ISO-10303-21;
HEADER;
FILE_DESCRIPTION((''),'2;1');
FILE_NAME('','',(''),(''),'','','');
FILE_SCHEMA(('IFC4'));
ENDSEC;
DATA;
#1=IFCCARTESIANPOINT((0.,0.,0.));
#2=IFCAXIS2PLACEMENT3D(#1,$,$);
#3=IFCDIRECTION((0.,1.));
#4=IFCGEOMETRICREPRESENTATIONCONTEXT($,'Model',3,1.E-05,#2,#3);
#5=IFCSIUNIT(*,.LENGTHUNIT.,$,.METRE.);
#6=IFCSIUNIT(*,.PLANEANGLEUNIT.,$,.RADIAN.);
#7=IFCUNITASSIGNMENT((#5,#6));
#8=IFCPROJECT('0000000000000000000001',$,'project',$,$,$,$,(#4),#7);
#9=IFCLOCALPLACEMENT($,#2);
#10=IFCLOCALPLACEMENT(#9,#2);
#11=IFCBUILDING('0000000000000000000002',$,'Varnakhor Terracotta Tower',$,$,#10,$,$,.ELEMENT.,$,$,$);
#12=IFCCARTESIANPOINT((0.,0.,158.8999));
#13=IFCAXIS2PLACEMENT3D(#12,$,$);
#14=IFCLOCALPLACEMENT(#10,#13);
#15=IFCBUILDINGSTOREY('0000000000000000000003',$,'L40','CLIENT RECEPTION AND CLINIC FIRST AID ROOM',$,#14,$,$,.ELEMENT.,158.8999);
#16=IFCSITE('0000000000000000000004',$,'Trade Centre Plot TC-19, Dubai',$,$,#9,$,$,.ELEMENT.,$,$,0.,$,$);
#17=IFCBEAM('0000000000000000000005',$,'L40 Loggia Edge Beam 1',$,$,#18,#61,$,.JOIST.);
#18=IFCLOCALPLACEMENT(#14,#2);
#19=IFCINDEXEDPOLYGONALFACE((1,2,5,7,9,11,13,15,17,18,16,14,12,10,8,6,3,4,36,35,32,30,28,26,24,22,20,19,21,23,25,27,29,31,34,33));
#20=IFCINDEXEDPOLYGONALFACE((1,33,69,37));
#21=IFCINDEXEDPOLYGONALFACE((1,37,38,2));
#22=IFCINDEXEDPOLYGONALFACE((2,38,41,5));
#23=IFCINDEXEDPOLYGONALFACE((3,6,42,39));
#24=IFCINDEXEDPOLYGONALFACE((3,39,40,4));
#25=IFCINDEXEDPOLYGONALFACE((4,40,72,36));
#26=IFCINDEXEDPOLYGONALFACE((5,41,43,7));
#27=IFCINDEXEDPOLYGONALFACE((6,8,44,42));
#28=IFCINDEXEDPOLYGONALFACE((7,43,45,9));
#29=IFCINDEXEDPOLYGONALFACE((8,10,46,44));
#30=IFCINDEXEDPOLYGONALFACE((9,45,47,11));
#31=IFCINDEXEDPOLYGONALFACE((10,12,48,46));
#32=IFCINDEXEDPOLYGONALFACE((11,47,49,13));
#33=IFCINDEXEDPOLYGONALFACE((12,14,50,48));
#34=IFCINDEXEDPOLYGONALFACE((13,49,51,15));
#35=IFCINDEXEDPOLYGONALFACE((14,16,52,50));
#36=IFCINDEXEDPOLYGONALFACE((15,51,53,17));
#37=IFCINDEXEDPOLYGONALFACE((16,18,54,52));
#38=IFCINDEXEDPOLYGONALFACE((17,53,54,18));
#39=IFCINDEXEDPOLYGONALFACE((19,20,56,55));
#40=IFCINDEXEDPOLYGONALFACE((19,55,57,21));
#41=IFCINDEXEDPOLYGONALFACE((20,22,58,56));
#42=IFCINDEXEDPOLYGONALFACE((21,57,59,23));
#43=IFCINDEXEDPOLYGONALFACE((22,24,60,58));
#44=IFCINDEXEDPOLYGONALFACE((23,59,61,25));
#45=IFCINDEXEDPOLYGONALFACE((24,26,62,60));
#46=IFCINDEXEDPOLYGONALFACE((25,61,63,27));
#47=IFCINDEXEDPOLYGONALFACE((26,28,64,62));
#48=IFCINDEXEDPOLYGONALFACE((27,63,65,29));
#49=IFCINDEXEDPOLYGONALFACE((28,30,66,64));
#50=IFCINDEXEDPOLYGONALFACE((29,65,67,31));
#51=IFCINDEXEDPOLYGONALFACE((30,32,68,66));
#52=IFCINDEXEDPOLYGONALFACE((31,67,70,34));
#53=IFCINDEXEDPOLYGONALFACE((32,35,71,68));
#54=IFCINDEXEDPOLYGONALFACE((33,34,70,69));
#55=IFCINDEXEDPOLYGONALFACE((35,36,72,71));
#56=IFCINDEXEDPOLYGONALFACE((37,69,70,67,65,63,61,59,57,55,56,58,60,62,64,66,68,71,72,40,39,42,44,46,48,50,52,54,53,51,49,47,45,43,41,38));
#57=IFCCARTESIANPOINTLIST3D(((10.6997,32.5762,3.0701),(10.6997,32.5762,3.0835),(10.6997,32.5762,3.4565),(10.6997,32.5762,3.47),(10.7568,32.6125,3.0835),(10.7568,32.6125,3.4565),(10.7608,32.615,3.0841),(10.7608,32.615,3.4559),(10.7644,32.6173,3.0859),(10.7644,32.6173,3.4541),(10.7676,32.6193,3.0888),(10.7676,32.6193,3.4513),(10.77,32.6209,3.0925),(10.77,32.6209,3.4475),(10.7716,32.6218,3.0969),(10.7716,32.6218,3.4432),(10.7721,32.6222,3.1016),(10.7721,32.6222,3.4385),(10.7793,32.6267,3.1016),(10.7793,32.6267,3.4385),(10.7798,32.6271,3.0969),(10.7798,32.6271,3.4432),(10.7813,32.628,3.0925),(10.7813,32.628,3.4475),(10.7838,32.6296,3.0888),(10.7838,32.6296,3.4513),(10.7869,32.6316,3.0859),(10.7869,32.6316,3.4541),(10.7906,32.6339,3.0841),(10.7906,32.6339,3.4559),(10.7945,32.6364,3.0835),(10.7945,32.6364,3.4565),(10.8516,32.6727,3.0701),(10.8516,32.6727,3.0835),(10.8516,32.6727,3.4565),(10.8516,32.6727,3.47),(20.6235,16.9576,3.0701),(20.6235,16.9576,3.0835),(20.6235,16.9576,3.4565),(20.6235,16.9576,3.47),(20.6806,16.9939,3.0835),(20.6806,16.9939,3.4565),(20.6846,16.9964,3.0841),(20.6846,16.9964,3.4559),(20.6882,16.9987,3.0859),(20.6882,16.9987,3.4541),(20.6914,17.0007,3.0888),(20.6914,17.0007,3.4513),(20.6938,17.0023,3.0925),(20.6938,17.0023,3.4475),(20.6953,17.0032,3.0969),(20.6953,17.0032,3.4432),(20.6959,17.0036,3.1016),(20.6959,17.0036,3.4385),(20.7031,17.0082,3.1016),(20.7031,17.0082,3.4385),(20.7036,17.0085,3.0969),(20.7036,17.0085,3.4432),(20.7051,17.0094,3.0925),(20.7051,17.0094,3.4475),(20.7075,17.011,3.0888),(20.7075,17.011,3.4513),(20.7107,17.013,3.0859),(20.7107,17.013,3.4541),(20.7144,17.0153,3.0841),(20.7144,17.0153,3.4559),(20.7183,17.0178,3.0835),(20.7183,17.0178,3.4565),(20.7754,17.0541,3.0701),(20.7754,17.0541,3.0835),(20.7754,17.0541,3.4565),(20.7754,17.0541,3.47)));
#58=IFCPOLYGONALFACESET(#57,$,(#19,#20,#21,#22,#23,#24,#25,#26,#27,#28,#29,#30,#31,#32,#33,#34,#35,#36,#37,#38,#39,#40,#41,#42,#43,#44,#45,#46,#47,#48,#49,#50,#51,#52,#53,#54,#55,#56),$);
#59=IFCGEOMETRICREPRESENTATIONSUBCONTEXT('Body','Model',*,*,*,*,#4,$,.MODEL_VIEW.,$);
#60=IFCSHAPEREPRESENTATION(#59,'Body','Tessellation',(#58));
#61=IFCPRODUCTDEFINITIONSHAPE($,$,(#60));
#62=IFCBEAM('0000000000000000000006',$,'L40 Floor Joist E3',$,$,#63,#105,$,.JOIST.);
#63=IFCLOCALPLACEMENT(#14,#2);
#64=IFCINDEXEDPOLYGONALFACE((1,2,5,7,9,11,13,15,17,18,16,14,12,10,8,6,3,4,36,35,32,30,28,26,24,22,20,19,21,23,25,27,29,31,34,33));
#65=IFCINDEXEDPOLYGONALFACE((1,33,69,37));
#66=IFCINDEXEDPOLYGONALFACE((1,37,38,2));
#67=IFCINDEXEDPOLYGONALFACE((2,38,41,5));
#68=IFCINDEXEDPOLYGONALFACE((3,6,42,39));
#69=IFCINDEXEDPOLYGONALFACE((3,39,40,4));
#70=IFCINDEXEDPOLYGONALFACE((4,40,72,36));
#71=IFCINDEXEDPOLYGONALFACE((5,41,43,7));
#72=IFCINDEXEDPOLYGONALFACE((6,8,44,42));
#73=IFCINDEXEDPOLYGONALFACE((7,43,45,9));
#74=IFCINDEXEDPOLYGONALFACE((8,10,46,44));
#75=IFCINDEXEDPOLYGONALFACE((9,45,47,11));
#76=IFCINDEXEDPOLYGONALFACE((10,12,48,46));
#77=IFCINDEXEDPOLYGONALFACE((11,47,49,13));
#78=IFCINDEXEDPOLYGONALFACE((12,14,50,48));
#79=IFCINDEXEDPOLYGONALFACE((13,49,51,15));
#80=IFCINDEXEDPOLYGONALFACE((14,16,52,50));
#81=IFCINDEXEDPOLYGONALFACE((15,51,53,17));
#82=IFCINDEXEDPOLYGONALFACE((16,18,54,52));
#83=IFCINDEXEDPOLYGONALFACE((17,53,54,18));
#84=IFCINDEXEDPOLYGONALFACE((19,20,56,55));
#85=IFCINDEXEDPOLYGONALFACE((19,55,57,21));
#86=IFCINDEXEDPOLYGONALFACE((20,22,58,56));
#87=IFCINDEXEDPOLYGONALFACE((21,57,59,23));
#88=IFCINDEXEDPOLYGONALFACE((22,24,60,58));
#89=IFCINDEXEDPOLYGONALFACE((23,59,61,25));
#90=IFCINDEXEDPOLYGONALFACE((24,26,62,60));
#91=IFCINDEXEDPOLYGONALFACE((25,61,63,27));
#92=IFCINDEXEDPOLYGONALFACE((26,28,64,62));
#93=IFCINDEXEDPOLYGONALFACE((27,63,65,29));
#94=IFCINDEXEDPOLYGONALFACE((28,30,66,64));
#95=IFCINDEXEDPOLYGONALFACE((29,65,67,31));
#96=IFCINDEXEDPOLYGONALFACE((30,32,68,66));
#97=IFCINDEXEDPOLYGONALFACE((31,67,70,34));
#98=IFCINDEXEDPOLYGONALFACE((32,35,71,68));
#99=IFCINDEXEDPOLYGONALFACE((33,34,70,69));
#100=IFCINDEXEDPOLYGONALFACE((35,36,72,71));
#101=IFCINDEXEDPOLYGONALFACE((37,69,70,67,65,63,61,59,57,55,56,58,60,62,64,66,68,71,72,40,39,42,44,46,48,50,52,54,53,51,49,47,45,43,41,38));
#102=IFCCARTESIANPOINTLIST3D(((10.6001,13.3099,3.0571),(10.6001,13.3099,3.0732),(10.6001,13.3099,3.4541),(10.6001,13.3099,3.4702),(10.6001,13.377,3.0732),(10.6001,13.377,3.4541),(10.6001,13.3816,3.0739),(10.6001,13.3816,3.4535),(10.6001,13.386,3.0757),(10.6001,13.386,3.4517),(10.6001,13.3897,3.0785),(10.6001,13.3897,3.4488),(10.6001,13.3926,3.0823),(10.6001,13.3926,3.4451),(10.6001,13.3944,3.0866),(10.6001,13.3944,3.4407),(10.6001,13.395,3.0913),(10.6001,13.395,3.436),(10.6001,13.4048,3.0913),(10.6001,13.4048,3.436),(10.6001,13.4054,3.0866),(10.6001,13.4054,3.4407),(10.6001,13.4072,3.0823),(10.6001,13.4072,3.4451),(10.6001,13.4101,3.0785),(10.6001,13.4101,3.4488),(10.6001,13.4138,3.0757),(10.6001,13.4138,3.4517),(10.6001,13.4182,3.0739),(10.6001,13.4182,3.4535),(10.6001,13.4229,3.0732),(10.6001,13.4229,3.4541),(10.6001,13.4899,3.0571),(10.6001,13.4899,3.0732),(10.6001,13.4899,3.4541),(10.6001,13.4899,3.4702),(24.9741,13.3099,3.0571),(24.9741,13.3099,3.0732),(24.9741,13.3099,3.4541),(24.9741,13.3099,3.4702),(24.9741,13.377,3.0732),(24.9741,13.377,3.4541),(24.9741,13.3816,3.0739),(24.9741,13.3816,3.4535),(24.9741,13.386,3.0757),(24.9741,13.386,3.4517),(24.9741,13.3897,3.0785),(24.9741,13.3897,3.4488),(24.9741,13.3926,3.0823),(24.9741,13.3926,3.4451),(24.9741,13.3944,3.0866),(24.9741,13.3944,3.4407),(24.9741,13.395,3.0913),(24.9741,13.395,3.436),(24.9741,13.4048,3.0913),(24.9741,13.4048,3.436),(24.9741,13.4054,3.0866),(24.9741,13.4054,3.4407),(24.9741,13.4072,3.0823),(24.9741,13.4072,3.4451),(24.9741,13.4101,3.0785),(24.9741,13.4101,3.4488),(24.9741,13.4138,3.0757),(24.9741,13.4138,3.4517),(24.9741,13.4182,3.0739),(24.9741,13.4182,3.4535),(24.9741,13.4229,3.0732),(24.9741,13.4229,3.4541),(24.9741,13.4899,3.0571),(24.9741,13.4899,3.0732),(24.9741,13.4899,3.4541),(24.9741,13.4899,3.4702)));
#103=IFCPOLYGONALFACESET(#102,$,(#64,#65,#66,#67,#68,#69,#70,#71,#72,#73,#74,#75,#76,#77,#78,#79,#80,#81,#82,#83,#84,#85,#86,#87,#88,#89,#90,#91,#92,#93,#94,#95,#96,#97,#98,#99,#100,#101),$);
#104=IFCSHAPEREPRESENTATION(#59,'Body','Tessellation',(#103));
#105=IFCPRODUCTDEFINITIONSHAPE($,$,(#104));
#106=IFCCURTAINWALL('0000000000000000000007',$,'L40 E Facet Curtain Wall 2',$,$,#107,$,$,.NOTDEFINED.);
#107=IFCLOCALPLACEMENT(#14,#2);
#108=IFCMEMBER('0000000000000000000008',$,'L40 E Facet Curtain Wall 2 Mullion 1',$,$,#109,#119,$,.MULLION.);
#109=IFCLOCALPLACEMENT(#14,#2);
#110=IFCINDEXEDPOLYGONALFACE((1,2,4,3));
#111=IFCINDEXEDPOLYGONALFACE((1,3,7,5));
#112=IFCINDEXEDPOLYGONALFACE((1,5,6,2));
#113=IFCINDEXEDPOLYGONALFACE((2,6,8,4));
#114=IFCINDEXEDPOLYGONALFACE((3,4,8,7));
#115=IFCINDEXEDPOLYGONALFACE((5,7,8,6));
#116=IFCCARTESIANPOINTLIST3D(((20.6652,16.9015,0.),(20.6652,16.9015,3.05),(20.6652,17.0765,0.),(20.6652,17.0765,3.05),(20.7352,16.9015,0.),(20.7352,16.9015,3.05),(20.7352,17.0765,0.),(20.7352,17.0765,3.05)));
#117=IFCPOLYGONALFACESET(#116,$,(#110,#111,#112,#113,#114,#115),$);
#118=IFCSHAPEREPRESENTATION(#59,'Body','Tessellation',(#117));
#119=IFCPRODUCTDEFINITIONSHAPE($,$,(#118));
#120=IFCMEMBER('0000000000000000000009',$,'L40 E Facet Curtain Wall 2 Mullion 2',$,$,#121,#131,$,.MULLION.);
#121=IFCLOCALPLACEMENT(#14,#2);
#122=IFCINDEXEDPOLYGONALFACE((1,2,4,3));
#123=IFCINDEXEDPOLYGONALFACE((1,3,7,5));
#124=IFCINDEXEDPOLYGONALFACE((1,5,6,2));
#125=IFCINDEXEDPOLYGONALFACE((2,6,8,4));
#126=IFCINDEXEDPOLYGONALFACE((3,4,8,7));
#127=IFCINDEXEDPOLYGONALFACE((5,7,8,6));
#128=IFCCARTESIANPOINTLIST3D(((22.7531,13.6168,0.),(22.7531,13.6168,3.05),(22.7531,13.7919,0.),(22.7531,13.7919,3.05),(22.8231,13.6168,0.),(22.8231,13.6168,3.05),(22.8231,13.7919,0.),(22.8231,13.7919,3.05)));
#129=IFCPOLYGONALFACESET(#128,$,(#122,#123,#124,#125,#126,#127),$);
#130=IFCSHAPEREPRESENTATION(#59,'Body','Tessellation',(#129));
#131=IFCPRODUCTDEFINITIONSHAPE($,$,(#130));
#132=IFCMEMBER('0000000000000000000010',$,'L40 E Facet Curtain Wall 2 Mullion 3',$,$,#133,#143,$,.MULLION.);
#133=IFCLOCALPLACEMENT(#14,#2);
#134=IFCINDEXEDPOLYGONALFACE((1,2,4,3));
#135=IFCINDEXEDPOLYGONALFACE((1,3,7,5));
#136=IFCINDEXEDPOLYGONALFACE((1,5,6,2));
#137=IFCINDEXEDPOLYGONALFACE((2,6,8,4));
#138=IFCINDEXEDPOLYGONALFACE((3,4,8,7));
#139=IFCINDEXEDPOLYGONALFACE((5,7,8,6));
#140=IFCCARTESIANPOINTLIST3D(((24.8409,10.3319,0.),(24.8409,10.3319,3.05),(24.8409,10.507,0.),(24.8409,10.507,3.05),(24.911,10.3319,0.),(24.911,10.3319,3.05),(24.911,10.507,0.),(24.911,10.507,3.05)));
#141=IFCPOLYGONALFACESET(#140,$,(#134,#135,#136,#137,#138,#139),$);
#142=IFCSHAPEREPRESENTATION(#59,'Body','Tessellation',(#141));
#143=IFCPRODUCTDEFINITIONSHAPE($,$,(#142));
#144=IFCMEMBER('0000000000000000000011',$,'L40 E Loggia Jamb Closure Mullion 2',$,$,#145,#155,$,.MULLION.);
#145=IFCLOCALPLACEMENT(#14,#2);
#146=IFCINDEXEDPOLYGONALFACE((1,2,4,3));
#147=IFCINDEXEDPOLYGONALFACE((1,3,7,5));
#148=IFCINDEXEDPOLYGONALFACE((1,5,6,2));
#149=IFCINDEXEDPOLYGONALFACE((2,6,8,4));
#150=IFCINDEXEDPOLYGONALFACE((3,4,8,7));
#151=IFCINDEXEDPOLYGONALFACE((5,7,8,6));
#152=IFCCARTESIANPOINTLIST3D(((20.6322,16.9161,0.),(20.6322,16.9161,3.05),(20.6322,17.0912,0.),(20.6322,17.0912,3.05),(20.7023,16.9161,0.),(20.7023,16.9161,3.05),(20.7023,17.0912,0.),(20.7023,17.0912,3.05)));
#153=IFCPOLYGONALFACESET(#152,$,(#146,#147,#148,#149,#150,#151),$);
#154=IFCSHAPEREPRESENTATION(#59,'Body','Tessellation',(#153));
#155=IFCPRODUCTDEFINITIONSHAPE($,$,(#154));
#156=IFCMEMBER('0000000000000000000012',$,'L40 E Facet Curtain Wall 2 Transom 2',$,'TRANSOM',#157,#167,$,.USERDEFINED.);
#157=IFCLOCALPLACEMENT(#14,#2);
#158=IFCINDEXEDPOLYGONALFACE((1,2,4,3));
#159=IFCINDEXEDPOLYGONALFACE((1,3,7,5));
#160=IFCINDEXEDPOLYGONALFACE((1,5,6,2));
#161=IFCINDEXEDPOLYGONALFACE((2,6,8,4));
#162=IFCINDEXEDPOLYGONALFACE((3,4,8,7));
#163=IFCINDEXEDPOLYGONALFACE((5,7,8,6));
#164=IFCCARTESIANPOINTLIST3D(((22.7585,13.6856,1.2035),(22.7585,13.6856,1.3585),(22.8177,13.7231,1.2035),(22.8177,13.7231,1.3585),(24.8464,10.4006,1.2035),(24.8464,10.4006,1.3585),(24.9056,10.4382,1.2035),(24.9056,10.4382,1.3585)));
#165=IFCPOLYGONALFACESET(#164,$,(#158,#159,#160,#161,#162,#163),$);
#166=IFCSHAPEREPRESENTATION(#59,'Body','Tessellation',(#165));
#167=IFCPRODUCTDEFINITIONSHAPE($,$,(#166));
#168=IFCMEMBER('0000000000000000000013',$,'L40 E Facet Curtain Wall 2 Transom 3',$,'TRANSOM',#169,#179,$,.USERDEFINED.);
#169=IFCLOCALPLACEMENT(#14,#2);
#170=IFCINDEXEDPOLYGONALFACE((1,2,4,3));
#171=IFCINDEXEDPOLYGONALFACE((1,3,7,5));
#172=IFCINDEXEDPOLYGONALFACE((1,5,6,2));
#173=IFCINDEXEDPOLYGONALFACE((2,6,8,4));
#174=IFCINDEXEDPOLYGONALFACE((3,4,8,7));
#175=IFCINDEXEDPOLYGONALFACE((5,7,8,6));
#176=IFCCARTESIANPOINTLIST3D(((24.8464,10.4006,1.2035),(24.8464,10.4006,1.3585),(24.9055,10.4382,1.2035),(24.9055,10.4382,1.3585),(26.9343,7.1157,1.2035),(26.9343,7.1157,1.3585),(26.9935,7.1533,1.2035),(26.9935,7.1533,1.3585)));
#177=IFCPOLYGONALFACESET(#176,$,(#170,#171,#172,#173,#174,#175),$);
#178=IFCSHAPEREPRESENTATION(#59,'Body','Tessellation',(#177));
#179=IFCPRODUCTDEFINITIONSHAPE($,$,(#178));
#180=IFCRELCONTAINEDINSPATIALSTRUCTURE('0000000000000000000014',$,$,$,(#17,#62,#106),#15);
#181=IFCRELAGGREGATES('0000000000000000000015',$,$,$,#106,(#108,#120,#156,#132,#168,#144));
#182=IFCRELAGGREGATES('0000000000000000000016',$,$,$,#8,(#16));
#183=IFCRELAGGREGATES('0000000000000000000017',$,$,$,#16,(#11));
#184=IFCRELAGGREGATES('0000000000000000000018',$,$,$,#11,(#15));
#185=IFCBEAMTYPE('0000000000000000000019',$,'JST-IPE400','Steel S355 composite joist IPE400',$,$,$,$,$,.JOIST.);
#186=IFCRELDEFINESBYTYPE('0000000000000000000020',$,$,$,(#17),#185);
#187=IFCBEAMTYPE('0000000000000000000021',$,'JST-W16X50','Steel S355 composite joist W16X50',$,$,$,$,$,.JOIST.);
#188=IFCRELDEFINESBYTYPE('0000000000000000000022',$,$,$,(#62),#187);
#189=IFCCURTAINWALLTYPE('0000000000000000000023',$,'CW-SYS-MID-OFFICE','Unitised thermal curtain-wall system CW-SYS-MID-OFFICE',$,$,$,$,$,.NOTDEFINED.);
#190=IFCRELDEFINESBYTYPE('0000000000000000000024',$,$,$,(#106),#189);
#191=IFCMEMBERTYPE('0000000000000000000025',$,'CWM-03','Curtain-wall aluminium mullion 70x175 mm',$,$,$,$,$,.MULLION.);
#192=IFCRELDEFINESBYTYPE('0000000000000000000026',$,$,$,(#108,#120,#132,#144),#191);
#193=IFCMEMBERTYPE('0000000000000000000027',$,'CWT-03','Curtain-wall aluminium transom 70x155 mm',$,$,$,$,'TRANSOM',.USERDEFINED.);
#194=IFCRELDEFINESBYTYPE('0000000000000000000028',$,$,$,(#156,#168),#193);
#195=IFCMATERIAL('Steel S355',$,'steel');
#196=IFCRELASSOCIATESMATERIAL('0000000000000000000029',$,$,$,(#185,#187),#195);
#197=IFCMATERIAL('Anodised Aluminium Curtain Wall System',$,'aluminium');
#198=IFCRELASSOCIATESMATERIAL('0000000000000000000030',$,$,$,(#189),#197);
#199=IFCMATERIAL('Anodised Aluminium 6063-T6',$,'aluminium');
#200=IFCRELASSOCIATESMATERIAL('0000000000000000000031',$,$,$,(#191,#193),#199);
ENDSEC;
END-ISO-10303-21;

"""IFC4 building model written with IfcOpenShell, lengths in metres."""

from ifc_helpers import new_model, si_unit, direction, frame, origin, origin_2d, place, context, subcontext, project, spatial, rectangle, i_section, extrude, source, transform, mapped, material, material_profile, profile_set, type_object, element, aggregate, save


model = new_model("IFC4")

# Units and contexts
model_context = context("Model", 3, precision=1e-05, world=origin(), true_north=direction((0.0, 1.0)))
body_context = subcontext(model_context, "Body", "Model", "MODEL_VIEW")
ifc_project = project(units=[si_unit("LENGTHUNIT", "METRE"), si_unit("PLANEANGLEUNIT", "RADIAN")], contexts=[model_context])

# Site, building, storey
site_placement = place(None, origin())
site = spatial("IfcSite", under=ifc_project, at=site_placement, Name="Trade Centre Plot TC-19, Dubai", CompositionType="ELEMENT", RefElevation=0.0)
building_placement = place(site_placement, origin())
building = spatial("IfcBuilding", under=site, at=building_placement, Name="Varnakhor Terracotta Tower", CompositionType="ELEMENT")
storey_placement = place(building_placement, frame((0.0, 0.0, 158.8999)))
storey = spatial("IfcBuildingStorey", under=building, at=storey_placement, Name="L40", Description="CLIENT RECEPTION AND CLINIC FIRST AID ROOM", CompositionType="ELEMENT", Elevation=158.8999)

# Beams
ifc_material_1 = material(Name="Steel S355", Category="steel")
ifc_material_profile_1 = material_profile(ifc_material_1, i_section(OverallWidth=0.1799, OverallDepth=0.3999, WebThickness=0.0085, FlangeThickness=0.0134, FilletRadius=0.0181, at=origin_2d()), Name="IPE400")
ifc_profile_set_1 = profile_set([ifc_material_profile_1], Name="Steel S355")
beam_type_1 = type_object("IfcBeamType", Name="JST-IPE400", Description="Steel S355 composite joist IPE400", PredefinedType="JOIST", material=ifc_profile_set_1)
shared_shape_1 = source(origin(), body_context, "Body", "SweptSolid", [
    extrude(i_section(OverallWidth=0.1799, OverallDepth=0.3999, WebThickness=0.0085, FlangeThickness=0.0134, FilletRadius=0.0181, at=origin_2d()), origin(), (0.0, 0.0, 1.0), 18.5046),
])
beam_1_placement = place(storey_placement, frame((20.6995, 17.0059, 3.27), z_axis=(-0.536286, 0.844036, 0.0), x_axis=(-0.844036, -0.536286, 0.0)))
element("IfcBeam", 1, at=beam_1_placement, inside=storey, type_object=beam_type_1, Name="L40 Loggia Edge Beam 1", PredefinedType="JOIST", context=body_context, shape_type="MappedRepresentation", body=[
    mapped(shared_shape_1, transform((0.0, 0.0, 0.0), scale=1.0)),
])
ifc_material_profile_2 = material_profile(ifc_material_1, i_section(OverallWidth=0.1799, OverallDepth=0.4131, WebThickness=0.0098, FlangeThickness=0.0161, FilletRadius=0.0181, at=origin_2d()), Name="W16X50")
ifc_profile_set_2 = profile_set([ifc_material_profile_2], Name="Steel S355")
beam_type_2 = type_object("IfcBeamType", Name="JST-W16X50", Description="Steel S355 composite joist W16X50", PredefinedType="JOIST", material=ifc_profile_set_2)
shared_shape_2 = source(origin(), body_context, "Body", "SweptSolid", [
    extrude(i_section(OverallWidth=0.1799, OverallDepth=0.4131, WebThickness=0.0098, FlangeThickness=0.0161, FilletRadius=0.0181, at=origin_2d()), origin(), (0.0, 0.0, 1.0), 14.374),
])
beam_2_placement = place(storey_placement, frame((10.6001, 13.3999, 3.2637), z_axis=(1.0, 0.0, 0.0), x_axis=(0.0, 1.0, 0.0)))
element("IfcBeam", 2, at=beam_2_placement, inside=storey, type_object=beam_type_2, Name="L40 Floor Joist E3", PredefinedType="JOIST", context=body_context, shape_type="MappedRepresentation", body=[
    mapped(shared_shape_2, transform((0.0, 0.0, 0.0), scale=1.0)),
])

# Curtain wall, members
ifc_material_2 = material(Name="Anodised Aluminium Curtain Wall System", Category="aluminium")
curtain_wall_type = type_object("IfcCurtainWallType", Name="CW-SYS-MID-OFFICE", Description="Unitised thermal curtain-wall system CW-SYS-MID-OFFICE", PredefinedType="NOTDEFINED", material=ifc_material_2)
curtain_wall_placement = place(storey_placement, origin())
curtain_wall = element("IfcCurtainWall", 3, at=curtain_wall_placement, inside=storey, type_object=curtain_wall_type, Name="L40 E Facet Curtain Wall 2", PredefinedType="NOTDEFINED")
ifc_material_3 = material(Name="Anodised Aluminium 6063-T6", Category="aluminium")
ifc_material_profile_3 = material_profile(ifc_material_3, rectangle(XDim=0.0701, YDim=0.175, at=origin_2d()), Name="ALU MULLION 70x175")
ifc_profile_set_3 = profile_set([ifc_material_profile_3], Name="Anodised Aluminium 6063-T6")
member_type_1 = type_object("IfcMemberType", Name="CWM-03", Description="Curtain-wall aluminium mullion 70x175 mm", PredefinedType="MULLION", material=ifc_profile_set_3)
shared_shape_3 = source(origin(), body_context, "Body", "SweptSolid", [
    extrude(rectangle(XDim=0.0701, YDim=0.175, at=origin_2d()), origin(), (0.0, 0.0, 1.0), 3.05),
])
member_1_placement = place(storey_placement, frame((20.7002, 16.989, 0.0), z_axis=(0.0, 0.0, 1.0), x_axis=(1.0, 0.0, 0.0)))
member_1 = element("IfcMember", 4, at=member_1_placement, type_object=member_type_1, Name="L40 E Facet Curtain Wall 2 Mullion 1", PredefinedType="MULLION", context=body_context, shape_type="MappedRepresentation", body=[
    mapped(shared_shape_3, transform((0.0, 0.0, 0.0), scale=1.0)),
])
member_2_placement = place(storey_placement, frame((22.7881, 13.7043, 0.0), z_axis=(0.0, 0.0, 1.0), x_axis=(1.0, 0.0, 0.0)))
member_2 = element("IfcMember", 5, at=member_2_placement, type_object=member_type_1, Name="L40 E Facet Curtain Wall 2 Mullion 2", PredefinedType="MULLION", context=body_context, shape_type="MappedRepresentation", body=[
    mapped(shared_shape_3, transform((0.0, 0.0, 0.0), scale=1.0)),
])
member_3_placement = place(storey_placement, frame((24.876, 10.4194, 0.0), z_axis=(0.0, 0.0, 1.0), x_axis=(1.0, 0.0, 0.0)))
member_3 = element("IfcMember", 6, at=member_3_placement, type_object=member_type_1, Name="L40 E Facet Curtain Wall 2 Mullion 3", PredefinedType="MULLION", context=body_context, shape_type="MappedRepresentation", body=[
    mapped(shared_shape_3, transform((0.0, 0.0, 0.0), scale=1.0)),
])
member_4_placement = place(storey_placement, frame((20.6672, 17.0037, 0.0), z_axis=(0.0, 0.0, 1.0), x_axis=(1.0, 0.0, 0.0)))
member_4 = element("IfcMember", 7, at=member_4_placement, type_object=member_type_1, Name="L40 E Loggia Jamb Closure Mullion 2", PredefinedType="MULLION", context=body_context, shape_type="MappedRepresentation", body=[
    mapped(shared_shape_3, transform((0.0, 0.0, 0.0), scale=1.0)),
])
ifc_material_profile_4 = material_profile(ifc_material_3, rectangle(XDim=0.0701, YDim=0.155, at=origin_2d()), Name="ALU TRANSOM 70x155")
ifc_profile_set_4 = profile_set([ifc_material_profile_4], Name="Anodised Aluminium 6063-T6")
member_type_2 = type_object("IfcMemberType", Name="CWT-03", Description="Curtain-wall aluminium transom 70x155 mm", ElementType="TRANSOM", PredefinedType="USERDEFINED", material=ifc_profile_set_4)
shared_shape_4 = source(origin(), body_context, "Body", "SweptSolid", [
    extrude(rectangle(XDim=0.0701, YDim=0.155, at=origin_2d()), origin(), (0.0, 0.0, 1.0), 3.8923),
])
member_5_placement = place(storey_placement, frame((22.7881, 13.7043, 1.281), z_axis=(0.536417, -0.843953, 0.0), x_axis=(0.843953, 0.536417, 0.0)))
member_5 = element("IfcMember", 8, at=member_5_placement, type_object=member_type_2, Name="L40 E Facet Curtain Wall 2 Transom 2", ObjectType="TRANSOM", PredefinedType="USERDEFINED", context=body_context, shape_type="MappedRepresentation", body=[
    mapped(shared_shape_4, transform((0.0, 0.0, 0.0), scale=1.0)),
])
member_6_placement = place(storey_placement, frame((24.876, 10.4194, 1.281), z_axis=(0.536417, -0.843953, 0.0), x_axis=(0.843953, 0.536417, 0.0)))
member_6 = element("IfcMember", 9, at=member_6_placement, type_object=member_type_2, Name="L40 E Facet Curtain Wall 2 Transom 3", ObjectType="TRANSOM", PredefinedType="USERDEFINED", context=body_context, shape_type="MappedRepresentation", body=[
    mapped(shared_shape_4, transform((0.0, 0.0, 0.0), scale=1.0)),
])

aggregate(curtain_wall, [member_1, member_2, member_5, member_3, member_6, member_4])

save(model, "model.ifc")
